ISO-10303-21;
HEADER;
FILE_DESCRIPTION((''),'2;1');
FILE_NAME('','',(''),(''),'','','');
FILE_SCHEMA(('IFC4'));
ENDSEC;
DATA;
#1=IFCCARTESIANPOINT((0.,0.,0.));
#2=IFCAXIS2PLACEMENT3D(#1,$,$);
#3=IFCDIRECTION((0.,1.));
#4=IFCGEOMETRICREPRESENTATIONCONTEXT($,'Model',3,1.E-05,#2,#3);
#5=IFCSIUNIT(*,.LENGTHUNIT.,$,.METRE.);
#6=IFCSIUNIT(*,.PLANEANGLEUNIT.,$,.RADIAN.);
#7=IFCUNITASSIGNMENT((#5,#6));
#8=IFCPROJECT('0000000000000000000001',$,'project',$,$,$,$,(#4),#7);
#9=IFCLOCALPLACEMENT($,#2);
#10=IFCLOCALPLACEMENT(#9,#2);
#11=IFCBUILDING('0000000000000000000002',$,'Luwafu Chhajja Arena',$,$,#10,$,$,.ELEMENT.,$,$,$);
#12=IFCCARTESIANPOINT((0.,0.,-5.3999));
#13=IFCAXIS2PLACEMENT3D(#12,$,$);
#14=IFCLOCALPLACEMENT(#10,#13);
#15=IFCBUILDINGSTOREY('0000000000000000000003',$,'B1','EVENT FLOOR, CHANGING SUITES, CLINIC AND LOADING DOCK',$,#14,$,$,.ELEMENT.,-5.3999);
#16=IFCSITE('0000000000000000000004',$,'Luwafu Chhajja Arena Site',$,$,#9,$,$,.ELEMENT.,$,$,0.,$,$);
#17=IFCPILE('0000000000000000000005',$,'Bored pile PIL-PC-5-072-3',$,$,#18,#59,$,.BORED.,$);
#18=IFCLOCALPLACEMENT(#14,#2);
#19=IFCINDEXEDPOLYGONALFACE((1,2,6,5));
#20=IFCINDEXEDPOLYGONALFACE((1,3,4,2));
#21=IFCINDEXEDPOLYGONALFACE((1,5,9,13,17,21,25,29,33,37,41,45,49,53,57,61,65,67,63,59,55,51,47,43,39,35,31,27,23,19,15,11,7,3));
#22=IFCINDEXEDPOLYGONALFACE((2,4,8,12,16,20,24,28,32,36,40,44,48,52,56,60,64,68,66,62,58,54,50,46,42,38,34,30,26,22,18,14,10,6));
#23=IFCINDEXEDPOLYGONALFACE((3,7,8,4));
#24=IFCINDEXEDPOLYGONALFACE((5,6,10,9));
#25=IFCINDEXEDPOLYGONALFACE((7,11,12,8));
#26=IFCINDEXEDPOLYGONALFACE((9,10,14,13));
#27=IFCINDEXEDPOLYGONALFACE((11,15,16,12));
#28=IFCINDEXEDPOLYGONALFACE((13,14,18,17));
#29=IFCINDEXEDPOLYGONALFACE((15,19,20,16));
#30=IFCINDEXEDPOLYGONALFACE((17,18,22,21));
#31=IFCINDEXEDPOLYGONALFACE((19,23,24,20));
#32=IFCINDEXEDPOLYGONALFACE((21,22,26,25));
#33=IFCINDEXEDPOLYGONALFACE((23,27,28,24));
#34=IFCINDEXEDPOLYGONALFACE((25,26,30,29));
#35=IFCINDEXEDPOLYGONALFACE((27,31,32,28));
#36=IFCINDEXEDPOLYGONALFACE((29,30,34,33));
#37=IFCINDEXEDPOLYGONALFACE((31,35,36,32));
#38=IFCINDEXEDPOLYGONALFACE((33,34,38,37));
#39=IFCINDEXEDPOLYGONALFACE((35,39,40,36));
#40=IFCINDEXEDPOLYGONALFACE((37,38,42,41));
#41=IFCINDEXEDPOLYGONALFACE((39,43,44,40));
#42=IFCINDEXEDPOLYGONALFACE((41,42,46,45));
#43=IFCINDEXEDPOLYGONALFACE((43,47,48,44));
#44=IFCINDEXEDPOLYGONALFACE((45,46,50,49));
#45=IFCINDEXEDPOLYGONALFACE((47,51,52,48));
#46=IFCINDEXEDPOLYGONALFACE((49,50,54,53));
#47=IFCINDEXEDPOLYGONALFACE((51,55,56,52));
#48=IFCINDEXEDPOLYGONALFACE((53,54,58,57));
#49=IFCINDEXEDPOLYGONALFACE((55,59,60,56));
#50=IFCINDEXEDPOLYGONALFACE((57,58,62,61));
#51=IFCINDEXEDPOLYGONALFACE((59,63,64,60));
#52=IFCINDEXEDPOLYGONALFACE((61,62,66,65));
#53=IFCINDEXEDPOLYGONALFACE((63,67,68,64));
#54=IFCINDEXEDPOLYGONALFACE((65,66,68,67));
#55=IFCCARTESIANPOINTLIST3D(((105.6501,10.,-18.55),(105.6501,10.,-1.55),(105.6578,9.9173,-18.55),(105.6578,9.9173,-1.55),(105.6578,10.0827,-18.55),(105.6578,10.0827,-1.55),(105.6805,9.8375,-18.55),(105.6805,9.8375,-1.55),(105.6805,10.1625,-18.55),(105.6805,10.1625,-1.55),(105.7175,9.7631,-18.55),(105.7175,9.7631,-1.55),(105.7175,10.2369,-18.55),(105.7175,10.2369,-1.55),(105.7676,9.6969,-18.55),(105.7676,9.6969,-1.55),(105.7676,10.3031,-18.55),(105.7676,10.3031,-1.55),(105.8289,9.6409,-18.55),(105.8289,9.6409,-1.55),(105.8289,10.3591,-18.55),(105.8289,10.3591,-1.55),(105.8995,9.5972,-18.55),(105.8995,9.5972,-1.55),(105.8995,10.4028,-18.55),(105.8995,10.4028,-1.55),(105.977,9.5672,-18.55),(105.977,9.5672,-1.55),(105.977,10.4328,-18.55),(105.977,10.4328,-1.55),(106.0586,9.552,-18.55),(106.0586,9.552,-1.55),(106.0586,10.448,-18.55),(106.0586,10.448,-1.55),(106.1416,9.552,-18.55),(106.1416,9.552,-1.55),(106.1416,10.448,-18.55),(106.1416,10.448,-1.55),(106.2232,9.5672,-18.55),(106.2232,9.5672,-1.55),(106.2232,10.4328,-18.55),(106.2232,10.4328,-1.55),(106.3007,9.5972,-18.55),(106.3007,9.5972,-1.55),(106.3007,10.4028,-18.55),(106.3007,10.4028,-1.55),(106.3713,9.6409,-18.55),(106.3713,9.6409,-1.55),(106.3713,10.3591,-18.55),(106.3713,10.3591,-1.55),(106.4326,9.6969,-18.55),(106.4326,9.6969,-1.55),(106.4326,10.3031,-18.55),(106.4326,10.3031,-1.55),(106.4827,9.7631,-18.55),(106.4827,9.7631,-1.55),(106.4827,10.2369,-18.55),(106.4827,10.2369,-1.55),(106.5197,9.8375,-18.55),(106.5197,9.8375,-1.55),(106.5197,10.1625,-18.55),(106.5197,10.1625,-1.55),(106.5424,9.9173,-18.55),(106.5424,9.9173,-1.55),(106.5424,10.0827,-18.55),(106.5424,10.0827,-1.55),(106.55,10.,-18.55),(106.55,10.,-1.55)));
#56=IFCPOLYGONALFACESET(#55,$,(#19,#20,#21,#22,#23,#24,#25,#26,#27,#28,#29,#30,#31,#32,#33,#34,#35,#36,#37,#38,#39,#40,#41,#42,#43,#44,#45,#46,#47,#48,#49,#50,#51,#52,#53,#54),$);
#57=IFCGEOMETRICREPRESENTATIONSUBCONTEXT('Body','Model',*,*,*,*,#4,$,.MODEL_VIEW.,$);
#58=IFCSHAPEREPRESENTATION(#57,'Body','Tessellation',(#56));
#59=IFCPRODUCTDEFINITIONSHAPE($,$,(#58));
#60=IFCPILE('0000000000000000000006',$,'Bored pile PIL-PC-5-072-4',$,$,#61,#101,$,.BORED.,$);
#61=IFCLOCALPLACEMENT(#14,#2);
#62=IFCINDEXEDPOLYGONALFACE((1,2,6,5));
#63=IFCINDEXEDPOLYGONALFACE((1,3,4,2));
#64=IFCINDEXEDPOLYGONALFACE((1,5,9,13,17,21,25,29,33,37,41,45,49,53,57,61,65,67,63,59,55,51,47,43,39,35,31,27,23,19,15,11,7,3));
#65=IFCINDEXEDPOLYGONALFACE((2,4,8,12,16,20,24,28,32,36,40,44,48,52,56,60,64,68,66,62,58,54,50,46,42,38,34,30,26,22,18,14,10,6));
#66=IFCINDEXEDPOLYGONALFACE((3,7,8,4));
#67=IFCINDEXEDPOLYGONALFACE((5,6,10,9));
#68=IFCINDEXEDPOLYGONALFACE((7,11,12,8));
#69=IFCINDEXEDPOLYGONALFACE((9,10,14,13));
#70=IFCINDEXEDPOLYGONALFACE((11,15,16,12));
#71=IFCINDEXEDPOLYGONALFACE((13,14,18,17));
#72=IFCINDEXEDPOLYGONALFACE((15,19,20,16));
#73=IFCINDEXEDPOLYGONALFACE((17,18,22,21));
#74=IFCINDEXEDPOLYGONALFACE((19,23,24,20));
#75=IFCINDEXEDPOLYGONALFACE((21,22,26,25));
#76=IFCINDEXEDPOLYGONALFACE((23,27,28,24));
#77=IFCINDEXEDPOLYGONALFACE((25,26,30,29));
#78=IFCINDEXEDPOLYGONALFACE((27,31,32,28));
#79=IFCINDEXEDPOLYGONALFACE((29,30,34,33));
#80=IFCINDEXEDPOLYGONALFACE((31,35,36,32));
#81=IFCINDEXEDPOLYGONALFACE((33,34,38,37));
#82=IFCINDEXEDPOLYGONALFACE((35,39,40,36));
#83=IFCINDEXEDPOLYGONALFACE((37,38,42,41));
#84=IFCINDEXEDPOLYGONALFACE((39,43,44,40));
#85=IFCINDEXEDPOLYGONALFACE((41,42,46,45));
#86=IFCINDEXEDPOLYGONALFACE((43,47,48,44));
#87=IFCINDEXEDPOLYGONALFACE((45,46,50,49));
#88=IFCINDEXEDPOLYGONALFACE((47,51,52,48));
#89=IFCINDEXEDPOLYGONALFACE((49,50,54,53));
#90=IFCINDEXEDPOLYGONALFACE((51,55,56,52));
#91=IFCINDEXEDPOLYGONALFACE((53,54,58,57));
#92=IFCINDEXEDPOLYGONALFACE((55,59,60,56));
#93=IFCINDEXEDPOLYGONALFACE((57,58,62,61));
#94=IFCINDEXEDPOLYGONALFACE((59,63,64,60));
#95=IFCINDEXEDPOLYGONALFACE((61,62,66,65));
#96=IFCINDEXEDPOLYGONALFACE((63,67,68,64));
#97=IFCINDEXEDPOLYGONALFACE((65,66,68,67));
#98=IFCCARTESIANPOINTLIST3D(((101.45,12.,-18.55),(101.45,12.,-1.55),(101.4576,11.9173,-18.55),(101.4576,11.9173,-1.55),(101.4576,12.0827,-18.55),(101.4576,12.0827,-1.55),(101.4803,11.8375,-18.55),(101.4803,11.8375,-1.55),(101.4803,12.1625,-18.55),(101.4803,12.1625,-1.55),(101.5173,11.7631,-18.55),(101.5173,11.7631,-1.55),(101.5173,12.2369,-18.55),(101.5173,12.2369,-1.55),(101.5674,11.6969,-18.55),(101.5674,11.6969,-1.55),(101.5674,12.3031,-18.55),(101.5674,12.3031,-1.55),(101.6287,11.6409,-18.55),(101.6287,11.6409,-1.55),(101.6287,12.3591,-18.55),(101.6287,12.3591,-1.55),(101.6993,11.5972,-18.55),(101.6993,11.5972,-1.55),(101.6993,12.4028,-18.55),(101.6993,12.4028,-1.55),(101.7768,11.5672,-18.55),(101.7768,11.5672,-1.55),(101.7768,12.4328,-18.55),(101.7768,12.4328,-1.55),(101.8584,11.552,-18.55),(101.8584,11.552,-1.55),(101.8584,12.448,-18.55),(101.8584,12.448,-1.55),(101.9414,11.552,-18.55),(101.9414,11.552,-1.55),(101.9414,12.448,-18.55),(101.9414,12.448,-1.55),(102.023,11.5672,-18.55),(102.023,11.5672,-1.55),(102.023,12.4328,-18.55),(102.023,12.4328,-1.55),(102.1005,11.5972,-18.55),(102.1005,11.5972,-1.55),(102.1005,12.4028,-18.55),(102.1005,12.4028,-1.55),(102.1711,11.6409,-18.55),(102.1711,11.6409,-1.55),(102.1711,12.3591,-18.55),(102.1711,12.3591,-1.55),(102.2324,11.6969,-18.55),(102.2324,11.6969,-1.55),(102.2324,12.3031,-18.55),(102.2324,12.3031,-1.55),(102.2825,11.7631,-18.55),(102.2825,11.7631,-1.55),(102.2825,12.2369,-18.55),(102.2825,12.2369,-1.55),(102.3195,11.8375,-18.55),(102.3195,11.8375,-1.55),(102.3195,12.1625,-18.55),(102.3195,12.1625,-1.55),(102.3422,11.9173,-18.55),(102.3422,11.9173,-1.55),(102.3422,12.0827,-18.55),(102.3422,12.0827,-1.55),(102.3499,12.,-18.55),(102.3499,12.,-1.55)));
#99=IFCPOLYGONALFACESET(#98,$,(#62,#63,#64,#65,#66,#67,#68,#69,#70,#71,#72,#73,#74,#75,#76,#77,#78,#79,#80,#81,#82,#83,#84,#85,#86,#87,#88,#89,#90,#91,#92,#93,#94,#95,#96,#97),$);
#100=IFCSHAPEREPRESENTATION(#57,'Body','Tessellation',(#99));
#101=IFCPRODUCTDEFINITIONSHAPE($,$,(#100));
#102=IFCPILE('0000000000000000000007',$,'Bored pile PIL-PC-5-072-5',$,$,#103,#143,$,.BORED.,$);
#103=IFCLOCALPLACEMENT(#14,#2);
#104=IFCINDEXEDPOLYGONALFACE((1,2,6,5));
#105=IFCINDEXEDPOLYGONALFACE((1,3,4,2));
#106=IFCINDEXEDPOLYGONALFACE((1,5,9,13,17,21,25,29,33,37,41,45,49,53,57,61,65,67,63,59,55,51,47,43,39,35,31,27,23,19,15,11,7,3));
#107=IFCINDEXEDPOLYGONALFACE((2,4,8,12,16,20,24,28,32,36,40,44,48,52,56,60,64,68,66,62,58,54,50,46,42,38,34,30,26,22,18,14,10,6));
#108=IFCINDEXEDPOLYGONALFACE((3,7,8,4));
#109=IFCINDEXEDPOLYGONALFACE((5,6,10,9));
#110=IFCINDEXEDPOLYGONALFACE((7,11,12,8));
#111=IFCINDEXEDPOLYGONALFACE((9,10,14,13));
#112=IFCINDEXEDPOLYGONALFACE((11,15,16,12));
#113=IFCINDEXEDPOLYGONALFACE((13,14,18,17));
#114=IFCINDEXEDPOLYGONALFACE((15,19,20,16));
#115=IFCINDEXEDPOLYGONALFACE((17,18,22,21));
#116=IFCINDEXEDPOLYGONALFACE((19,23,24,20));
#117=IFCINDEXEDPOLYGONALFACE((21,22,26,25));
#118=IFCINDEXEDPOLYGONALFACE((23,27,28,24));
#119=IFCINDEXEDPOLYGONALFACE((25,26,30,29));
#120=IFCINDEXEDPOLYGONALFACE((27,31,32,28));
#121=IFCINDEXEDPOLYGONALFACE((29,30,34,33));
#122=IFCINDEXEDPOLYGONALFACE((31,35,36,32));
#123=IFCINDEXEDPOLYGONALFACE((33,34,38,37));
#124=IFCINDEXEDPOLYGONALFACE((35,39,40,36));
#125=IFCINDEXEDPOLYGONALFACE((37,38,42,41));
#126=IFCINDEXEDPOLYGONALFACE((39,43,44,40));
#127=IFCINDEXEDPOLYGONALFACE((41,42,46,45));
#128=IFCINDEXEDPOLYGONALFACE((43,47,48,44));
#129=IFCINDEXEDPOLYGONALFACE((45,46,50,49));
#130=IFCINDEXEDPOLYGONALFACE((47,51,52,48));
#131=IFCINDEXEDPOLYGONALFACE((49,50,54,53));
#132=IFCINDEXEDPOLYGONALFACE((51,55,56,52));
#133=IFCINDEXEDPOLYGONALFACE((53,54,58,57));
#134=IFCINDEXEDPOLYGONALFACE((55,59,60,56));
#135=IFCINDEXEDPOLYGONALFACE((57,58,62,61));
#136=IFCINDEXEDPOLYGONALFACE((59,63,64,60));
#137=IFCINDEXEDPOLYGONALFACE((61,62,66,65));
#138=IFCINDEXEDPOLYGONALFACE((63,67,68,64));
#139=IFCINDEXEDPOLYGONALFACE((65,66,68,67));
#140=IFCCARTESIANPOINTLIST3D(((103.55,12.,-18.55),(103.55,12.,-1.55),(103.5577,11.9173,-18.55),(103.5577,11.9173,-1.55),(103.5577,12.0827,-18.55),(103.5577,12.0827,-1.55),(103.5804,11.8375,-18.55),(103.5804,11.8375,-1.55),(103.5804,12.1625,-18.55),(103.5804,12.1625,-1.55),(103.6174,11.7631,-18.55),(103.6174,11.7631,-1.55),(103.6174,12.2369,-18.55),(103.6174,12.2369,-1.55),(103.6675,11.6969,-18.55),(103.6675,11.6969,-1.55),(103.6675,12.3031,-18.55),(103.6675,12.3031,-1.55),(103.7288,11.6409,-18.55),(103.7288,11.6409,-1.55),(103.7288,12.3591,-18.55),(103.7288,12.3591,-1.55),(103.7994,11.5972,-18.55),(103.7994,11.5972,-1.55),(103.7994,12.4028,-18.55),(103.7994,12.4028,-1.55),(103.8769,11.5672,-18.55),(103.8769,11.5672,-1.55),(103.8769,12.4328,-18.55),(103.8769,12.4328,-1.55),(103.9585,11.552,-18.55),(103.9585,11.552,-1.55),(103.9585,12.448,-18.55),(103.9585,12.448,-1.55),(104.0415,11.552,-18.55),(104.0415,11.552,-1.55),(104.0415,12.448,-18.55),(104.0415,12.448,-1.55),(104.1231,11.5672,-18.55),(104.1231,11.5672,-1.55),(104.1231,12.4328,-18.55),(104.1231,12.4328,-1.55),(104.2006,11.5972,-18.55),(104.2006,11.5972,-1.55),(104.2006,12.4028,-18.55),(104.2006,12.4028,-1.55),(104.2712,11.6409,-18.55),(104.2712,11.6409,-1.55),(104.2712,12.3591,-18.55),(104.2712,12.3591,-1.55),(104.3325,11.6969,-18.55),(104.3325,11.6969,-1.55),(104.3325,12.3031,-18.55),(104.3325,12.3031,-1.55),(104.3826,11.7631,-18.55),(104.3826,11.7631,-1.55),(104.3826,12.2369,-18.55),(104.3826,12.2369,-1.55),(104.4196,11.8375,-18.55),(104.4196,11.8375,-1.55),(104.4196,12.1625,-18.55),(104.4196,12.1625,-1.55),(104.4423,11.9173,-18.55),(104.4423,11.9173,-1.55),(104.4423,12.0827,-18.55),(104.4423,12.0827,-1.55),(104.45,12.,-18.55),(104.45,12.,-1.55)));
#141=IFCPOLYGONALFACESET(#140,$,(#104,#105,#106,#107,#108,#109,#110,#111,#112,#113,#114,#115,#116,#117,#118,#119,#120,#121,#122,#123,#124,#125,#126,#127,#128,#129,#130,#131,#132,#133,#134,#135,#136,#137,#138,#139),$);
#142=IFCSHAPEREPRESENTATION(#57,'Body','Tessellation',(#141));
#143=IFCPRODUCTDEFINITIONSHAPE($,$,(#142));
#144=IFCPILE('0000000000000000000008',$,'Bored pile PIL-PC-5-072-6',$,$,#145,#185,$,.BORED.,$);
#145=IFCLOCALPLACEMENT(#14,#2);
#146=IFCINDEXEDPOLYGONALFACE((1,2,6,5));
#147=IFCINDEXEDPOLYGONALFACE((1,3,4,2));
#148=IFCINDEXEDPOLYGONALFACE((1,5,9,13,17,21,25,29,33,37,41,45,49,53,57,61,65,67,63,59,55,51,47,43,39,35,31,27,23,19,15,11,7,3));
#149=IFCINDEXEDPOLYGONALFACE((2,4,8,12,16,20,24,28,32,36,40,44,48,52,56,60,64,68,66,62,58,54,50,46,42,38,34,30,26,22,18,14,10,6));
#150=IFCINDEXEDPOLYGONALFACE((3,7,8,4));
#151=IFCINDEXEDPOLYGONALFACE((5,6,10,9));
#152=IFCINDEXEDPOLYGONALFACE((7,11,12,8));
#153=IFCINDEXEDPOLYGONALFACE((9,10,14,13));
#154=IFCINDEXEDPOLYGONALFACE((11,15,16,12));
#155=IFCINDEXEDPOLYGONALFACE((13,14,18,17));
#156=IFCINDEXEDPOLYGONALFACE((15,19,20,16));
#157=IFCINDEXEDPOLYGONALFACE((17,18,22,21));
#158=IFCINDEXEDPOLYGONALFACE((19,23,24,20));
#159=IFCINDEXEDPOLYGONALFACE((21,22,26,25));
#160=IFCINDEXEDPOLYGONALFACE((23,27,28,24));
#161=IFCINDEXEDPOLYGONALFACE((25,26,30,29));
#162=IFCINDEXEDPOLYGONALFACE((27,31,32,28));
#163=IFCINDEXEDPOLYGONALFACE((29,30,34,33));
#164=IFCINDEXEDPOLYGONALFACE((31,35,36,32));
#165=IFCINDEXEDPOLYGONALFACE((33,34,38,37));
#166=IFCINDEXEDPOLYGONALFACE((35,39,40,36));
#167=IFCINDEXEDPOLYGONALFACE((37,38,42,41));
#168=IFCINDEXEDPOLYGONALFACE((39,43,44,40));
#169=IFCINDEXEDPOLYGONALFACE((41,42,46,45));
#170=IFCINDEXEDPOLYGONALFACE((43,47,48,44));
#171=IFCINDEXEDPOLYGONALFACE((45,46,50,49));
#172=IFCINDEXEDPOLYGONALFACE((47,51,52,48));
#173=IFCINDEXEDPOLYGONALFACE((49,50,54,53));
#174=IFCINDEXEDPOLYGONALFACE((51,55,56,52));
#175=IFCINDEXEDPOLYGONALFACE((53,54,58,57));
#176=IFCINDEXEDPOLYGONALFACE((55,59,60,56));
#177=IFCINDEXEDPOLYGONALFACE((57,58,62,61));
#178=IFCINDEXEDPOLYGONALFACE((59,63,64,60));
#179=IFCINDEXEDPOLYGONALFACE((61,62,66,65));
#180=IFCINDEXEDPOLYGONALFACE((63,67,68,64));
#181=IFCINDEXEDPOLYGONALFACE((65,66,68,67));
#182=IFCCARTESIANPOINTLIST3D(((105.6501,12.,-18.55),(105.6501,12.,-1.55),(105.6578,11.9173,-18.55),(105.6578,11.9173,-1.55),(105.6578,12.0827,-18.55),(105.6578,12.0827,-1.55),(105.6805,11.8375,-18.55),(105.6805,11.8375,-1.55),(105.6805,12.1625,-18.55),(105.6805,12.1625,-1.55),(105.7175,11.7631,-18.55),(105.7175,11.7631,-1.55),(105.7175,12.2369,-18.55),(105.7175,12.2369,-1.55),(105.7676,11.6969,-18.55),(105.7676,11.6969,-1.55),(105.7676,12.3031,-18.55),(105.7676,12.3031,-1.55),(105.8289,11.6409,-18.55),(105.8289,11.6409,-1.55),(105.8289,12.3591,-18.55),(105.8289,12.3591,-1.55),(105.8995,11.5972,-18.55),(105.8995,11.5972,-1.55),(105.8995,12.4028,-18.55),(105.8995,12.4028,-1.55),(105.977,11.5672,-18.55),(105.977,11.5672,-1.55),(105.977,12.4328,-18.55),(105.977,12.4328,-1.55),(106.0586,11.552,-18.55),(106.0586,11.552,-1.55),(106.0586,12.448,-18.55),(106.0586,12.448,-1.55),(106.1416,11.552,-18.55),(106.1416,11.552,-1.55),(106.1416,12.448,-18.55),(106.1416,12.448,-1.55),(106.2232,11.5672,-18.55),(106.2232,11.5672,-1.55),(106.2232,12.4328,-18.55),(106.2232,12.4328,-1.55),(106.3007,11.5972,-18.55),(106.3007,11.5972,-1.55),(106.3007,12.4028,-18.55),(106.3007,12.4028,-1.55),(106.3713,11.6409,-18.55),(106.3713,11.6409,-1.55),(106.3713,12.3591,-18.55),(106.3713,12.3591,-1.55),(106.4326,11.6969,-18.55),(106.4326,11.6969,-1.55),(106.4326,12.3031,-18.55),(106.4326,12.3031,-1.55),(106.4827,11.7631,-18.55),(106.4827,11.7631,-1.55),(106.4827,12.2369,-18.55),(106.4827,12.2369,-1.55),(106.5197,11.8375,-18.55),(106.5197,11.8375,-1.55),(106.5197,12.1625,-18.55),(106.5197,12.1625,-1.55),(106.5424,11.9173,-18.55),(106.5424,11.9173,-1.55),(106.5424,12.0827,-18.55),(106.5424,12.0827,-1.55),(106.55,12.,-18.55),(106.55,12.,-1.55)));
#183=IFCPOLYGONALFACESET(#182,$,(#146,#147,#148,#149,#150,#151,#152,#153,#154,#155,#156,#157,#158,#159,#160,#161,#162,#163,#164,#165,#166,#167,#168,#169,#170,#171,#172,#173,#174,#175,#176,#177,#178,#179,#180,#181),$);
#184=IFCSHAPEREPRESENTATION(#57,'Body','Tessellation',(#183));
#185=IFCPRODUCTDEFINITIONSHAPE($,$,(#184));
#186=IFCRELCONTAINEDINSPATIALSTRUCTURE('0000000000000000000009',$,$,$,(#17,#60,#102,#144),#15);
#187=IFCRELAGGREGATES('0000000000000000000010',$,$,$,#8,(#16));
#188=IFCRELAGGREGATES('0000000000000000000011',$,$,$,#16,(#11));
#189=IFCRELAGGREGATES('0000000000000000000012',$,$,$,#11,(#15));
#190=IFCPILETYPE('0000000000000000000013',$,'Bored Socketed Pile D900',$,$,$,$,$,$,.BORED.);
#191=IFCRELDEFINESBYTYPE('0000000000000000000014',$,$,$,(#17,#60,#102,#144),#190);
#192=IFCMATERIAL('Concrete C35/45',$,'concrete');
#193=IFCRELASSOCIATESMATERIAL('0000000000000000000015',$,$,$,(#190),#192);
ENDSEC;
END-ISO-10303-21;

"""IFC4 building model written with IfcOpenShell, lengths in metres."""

from ifc_helpers import new_model, si_unit, direction, frame, origin, origin_2d, place, context, subcontext, project, spatial, circle, extrude, material, material_profile, profile_set, type_object, element, save


model = new_model("IFC4")

# Units and contexts
model_context = context("Model", 3, precision=1e-05, world=origin(), true_north=direction((0.0, 1.0)))
body_context = subcontext(model_context, "Body", "Model", "MODEL_VIEW")
ifc_project = project(units=[si_unit("LENGTHUNIT", "METRE"), si_unit("PLANEANGLEUNIT", "RADIAN")], contexts=[model_context])

# Site, building, storey
site_placement = place(None, origin())
site = spatial("IfcSite", under=ifc_project, at=site_placement, Name="Luwafu Chhajja Arena Site", CompositionType="ELEMENT", RefElevation=0.0)
building_placement = place(site_placement, origin())
building = spatial("IfcBuilding", under=site, at=building_placement, Name="Luwafu Chhajja Arena", CompositionType="ELEMENT")
storey_placement = place(building_placement, frame((0.0, 0.0, -5.3999)))
storey = spatial("IfcBuildingStorey", under=building, at=storey_placement, Name="B1", Description="EVENT FLOOR, CHANGING SUITES, CLINIC AND LOADING DOCK", CompositionType="ELEMENT", Elevation=-5.3999)

# Shared definitions
ifc_material_1 = material(Name="Concrete C35/45", Category="concrete")

# Piles
ifc_material_profile_1 = material_profile(ifc_material_1, circle(Radius=0.45, at=origin_2d()), Name="PILE D900")
ifc_profile_set_1 = profile_set([ifc_material_profile_1], Name="Concrete C35/45")
pile_type_1 = type_object("IfcPileType", Name="Bored Socketed Pile D900", PredefinedType="BORED", material=ifc_profile_set_1)
for number, where, z_axis, x_axis, name in (
    (1, (106.1001, 10.0, -1.55), (0.0, 0.0, -1.0), (1.0, 0.0, 0.0), "Bored pile PIL-PC-5-072-3"),
    (2, (101.8999, 12.0, -1.55), (0.0, 0.0, -1.0), (1.0, 0.0, 0.0), "Bored pile PIL-PC-5-072-4"),
    (3, (104.0, 12.0, -1.55), (0.0, 0.0, -1.0), (1.0, 0.0, 0.0), "Bored pile PIL-PC-5-072-5"),
    (4, (106.1001, 12.0, -1.55), (0.0, 0.0, -1.0), (1.0, 0.0, 0.0), "Bored pile PIL-PC-5-072-6"),
):
    element("IfcPile", number, at=place(storey_placement, frame(where, z_axis=z_axis, x_axis=x_axis)), inside=storey, type_object=pile_type_1, Name=name, PredefinedType="BORED", context=body_context, shape_type="SweptSolid", body=[
        extrude(circle(Radius=0.45, at=origin_2d()), origin(), (0.0, 0.0, 1.0), 17.0),
    ])

save(model, "model.ifc")
